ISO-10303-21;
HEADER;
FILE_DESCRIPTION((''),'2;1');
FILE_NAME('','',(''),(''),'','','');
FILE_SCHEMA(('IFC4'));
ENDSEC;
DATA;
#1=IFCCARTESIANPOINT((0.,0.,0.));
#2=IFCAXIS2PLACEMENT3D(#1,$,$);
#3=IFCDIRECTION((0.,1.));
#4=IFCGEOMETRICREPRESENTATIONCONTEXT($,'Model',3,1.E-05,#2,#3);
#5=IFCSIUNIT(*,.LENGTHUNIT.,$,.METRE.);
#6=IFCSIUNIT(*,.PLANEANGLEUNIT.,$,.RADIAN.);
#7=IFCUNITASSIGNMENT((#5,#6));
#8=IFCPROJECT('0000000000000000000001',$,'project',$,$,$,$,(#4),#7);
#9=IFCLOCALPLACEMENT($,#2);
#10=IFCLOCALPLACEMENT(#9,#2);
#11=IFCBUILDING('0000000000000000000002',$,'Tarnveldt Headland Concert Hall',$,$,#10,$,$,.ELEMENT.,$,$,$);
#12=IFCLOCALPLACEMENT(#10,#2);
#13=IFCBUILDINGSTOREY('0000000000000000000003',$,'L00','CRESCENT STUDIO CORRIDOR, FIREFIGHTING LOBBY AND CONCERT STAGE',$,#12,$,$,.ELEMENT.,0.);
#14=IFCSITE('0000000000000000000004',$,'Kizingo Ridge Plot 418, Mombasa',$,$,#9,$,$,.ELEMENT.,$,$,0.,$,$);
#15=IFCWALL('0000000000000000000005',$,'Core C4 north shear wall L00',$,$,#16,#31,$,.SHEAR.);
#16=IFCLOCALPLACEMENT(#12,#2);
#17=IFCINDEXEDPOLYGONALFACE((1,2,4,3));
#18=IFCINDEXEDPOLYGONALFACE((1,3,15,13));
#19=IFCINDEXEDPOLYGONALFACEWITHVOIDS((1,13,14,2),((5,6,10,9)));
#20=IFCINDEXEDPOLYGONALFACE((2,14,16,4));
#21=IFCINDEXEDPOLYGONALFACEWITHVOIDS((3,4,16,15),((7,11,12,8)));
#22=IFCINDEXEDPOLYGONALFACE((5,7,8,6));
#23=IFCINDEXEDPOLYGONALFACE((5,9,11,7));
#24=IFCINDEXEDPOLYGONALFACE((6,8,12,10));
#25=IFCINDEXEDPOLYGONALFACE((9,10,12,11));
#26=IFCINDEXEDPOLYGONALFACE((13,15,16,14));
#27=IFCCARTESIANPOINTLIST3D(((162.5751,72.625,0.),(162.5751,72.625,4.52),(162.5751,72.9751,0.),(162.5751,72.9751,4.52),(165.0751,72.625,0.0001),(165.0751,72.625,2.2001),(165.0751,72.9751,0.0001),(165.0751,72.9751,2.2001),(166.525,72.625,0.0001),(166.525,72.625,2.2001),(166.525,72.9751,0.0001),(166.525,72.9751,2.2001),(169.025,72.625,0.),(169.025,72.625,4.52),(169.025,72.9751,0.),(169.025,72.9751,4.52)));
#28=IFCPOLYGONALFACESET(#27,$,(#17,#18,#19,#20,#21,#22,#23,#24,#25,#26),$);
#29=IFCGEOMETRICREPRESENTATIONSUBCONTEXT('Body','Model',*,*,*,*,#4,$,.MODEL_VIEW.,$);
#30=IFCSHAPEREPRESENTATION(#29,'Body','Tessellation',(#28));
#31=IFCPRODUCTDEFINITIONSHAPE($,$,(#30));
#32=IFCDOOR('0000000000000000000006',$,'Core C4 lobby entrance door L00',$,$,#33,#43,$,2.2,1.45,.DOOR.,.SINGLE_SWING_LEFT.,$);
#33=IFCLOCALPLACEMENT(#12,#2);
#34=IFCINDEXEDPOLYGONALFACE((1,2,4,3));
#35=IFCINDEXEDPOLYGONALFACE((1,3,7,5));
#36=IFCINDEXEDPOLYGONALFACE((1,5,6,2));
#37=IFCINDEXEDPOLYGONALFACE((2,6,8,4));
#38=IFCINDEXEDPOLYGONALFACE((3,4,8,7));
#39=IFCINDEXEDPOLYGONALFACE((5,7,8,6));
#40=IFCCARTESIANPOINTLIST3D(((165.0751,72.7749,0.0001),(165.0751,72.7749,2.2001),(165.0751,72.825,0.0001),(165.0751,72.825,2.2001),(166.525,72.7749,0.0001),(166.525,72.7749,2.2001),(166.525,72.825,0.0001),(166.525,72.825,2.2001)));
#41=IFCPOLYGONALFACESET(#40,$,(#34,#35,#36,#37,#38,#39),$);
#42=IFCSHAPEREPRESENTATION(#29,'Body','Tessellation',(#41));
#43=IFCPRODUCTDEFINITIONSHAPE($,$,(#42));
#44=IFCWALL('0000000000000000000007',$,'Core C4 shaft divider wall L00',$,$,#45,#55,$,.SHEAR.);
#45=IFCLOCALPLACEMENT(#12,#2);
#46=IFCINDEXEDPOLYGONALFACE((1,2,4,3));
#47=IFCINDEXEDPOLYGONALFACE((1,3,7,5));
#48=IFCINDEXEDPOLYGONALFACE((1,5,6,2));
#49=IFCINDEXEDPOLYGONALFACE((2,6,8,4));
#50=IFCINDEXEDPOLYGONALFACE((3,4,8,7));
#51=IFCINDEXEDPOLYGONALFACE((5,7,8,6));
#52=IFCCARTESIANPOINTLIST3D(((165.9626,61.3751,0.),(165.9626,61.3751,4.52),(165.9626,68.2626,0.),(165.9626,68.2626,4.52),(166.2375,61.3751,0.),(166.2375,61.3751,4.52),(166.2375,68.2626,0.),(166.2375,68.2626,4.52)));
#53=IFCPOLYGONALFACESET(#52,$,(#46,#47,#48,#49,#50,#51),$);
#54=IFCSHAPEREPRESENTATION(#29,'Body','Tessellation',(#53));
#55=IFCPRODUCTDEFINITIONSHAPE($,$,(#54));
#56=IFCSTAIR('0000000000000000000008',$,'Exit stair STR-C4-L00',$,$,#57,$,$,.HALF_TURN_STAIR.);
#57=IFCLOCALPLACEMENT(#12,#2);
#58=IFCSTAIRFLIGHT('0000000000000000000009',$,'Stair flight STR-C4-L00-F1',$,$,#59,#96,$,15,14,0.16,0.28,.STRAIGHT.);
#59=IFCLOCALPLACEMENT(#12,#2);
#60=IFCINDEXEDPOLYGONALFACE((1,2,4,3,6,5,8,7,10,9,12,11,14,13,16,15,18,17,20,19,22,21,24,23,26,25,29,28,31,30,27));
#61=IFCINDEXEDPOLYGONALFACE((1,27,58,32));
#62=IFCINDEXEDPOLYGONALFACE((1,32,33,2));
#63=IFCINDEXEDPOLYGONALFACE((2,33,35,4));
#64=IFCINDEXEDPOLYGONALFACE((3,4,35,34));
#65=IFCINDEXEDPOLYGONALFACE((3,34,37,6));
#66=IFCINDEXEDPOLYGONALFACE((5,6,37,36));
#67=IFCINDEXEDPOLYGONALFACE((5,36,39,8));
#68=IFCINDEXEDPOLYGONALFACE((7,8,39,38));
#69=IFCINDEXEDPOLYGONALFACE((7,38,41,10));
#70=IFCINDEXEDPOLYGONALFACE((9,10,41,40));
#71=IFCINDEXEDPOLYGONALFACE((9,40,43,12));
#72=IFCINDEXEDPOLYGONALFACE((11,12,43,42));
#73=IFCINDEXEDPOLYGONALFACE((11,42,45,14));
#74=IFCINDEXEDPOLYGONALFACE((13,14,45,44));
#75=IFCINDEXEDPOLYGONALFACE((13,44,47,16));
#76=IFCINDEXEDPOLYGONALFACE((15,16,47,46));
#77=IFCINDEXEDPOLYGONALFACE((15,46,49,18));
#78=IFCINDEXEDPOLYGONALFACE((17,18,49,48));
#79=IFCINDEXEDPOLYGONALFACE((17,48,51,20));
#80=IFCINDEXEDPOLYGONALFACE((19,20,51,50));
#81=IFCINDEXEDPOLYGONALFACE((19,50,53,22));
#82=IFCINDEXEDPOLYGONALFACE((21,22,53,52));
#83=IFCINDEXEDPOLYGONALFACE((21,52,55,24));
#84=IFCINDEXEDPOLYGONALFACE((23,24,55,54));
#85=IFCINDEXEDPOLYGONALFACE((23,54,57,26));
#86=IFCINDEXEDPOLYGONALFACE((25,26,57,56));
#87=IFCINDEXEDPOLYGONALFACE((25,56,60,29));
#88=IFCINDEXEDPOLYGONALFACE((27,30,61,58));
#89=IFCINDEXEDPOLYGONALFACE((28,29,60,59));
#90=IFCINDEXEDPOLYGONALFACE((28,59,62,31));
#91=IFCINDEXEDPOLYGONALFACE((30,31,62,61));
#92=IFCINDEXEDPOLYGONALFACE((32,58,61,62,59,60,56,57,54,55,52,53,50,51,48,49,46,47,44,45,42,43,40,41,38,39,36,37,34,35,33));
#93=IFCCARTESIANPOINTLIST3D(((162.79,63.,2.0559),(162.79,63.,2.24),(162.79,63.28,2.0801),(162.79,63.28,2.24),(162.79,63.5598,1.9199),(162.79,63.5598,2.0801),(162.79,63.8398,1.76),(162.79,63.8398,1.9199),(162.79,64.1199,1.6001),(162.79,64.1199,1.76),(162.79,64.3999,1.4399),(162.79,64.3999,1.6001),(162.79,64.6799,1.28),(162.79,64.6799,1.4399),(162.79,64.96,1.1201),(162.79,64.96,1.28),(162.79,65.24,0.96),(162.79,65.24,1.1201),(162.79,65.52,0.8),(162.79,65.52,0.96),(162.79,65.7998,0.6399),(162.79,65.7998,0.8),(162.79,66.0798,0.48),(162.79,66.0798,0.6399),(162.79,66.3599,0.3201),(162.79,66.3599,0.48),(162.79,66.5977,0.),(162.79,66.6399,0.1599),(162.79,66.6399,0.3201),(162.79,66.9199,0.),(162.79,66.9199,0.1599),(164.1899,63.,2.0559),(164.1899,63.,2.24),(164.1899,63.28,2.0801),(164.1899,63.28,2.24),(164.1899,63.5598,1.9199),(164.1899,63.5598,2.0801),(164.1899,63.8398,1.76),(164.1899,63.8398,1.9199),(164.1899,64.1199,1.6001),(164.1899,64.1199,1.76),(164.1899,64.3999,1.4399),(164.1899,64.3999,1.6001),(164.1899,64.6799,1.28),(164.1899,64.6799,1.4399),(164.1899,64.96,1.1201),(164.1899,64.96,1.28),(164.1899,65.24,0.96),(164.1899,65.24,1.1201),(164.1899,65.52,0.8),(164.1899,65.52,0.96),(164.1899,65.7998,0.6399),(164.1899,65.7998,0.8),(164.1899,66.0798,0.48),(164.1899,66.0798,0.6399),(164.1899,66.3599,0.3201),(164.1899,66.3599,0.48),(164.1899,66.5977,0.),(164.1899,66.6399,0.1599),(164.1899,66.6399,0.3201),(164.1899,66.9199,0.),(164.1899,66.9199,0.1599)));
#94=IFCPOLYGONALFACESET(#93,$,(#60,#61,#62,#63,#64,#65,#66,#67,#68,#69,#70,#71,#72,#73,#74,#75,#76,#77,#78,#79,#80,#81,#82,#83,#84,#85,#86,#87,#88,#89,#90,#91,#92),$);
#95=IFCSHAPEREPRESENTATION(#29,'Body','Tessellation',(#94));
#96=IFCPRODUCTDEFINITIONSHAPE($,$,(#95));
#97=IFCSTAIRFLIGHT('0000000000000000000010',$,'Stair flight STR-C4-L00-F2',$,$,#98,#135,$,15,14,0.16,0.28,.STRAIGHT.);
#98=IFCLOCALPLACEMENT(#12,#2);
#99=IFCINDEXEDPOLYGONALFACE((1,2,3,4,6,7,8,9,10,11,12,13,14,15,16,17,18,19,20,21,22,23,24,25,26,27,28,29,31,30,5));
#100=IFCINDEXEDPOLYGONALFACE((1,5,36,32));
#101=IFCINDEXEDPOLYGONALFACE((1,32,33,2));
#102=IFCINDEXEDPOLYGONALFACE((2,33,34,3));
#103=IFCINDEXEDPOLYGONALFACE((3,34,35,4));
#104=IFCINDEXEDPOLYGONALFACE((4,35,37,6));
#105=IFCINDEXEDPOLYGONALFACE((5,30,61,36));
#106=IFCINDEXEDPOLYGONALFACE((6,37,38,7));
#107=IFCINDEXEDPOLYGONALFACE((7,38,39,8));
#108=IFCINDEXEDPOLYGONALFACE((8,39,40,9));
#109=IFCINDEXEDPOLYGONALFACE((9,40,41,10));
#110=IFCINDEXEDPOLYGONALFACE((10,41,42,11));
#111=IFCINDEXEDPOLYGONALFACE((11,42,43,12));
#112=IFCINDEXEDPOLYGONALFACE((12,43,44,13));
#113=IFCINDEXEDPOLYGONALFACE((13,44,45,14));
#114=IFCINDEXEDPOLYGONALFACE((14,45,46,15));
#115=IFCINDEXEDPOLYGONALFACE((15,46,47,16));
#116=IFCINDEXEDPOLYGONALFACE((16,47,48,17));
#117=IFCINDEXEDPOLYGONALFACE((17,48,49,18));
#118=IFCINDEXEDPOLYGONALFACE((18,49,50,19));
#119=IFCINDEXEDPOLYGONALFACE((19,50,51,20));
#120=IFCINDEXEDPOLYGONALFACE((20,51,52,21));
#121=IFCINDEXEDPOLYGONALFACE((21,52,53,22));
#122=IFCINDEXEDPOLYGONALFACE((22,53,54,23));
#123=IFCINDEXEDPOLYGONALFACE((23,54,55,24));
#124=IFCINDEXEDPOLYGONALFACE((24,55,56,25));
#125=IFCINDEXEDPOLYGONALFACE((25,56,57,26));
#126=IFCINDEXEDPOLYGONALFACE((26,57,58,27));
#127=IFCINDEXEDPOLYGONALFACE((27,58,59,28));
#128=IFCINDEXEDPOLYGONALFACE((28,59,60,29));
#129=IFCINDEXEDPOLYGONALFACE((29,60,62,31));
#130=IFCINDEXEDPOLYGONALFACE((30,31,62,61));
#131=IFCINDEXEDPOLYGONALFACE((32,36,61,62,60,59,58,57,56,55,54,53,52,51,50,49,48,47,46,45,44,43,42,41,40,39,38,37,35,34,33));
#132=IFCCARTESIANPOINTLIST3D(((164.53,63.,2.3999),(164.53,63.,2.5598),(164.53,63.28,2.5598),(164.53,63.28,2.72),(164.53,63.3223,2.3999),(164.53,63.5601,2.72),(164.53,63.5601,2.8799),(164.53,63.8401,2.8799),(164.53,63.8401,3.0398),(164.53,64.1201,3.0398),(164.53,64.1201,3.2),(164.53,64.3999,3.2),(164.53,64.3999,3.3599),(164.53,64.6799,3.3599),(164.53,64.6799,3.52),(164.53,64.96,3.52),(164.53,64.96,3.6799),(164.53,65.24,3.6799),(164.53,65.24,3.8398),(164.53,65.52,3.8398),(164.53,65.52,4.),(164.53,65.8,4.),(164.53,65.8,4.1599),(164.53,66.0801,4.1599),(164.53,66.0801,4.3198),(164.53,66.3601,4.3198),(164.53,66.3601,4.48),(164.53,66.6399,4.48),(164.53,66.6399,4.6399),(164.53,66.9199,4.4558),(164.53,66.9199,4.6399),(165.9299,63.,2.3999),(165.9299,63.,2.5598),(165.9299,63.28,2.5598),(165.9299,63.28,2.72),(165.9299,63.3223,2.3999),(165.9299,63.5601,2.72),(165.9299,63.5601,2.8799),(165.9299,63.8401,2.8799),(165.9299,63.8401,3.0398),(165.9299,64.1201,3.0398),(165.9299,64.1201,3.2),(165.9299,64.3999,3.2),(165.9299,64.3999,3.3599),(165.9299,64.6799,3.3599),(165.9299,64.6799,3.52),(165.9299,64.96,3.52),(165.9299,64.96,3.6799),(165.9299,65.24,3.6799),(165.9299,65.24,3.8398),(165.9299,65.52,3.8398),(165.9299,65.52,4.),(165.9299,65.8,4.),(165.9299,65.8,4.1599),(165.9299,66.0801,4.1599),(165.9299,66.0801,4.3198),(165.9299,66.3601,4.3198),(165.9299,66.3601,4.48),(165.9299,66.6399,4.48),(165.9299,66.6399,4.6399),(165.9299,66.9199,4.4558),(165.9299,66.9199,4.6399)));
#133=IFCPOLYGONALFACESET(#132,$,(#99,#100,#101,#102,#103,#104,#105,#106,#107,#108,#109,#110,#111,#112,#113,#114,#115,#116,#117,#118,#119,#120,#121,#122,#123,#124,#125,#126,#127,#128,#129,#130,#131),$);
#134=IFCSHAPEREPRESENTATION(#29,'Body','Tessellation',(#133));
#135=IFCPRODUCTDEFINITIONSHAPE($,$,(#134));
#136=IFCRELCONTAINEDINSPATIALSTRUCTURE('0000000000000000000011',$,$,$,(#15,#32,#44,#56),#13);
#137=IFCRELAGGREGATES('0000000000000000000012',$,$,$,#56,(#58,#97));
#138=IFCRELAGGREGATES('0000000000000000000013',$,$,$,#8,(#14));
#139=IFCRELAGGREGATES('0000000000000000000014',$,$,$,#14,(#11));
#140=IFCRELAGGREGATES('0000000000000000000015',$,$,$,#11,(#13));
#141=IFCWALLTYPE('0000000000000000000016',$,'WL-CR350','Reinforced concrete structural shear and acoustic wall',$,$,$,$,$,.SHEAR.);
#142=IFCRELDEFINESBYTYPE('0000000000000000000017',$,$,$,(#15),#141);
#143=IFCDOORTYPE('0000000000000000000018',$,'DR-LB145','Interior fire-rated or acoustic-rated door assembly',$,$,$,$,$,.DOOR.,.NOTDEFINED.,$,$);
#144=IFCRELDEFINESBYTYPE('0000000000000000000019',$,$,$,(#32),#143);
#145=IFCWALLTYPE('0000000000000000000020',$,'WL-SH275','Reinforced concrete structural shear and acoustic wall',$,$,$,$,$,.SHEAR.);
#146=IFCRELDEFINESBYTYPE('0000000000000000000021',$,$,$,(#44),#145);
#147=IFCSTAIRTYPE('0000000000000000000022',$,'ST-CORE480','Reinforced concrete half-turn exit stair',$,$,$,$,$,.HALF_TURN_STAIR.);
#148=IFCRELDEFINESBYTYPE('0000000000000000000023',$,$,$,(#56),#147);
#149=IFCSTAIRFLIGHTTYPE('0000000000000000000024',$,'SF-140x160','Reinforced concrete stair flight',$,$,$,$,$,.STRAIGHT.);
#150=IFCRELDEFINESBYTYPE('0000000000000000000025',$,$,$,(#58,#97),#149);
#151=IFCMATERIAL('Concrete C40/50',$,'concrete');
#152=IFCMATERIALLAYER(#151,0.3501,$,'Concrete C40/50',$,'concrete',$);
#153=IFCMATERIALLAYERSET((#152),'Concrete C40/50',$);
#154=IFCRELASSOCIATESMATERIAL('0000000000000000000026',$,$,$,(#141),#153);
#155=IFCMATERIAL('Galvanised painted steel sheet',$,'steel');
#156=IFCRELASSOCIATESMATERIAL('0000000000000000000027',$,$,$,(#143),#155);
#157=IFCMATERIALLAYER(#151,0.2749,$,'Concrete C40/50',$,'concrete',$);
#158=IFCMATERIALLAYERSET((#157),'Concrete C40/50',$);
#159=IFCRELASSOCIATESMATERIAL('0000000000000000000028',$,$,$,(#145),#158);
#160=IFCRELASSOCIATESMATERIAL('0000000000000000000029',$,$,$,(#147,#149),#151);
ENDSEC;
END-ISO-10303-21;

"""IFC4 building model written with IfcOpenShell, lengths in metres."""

from ifc_helpers import new_model, si_unit, direction, frame, frame_2d, origin, place, context, subcontext, project, spatial, polyline, rectangle, outline, extrude, material, layer, layer_set, type_object, element, fill, aggregate, save


model = new_model("IFC4")

# Units and contexts
model_context = context("Model", 3, precision=1e-05, world=origin(), true_north=direction((0.0, 1.0)))
body_context = subcontext(model_context, "Body", "Model", "MODEL_VIEW")
ifc_project = project(units=[si_unit("LENGTHUNIT", "METRE"), si_unit("PLANEANGLEUNIT", "RADIAN")], contexts=[model_context])

# Site, building, storey
site_placement = place(None, origin())
site = spatial("IfcSite", under=ifc_project, at=site_placement, Name="Kizingo Ridge Plot 418, Mombasa", CompositionType="ELEMENT", RefElevation=0.0)
building_placement = place(site_placement, origin())
building = spatial("IfcBuilding", under=site, at=building_placement, Name="Tarnveldt Headland Concert Hall", CompositionType="ELEMENT")
storey_placement = place(building_placement, origin())
storey = spatial("IfcBuildingStorey", under=building, at=storey_placement, Name="L00", Description="CRESCENT STUDIO CORRIDOR, FIREFIGHTING LOBBY AND CONCERT STAGE", CompositionType="ELEMENT", Elevation=0.0)

# Shared definitions
ifc_material_1 = material(Name="Concrete C40/50", Category="concrete")

# Wall, opening, door
ifc_layer_1 = layer(ifc_material_1, 0.3501, Name="Concrete C40/50", Category="concrete")
ifc_layer_set_1 = layer_set([ifc_layer_1], Name="Concrete C40/50")
wall_type_1 = type_object("IfcWallType", Name="WL-CR350", Description="Reinforced concrete structural shear and acoustic wall", PredefinedType="SHEAR", material=ifc_layer_set_1)
wall_1_placement = place(storey_placement, frame((162.575, 72.8, 0.0), z_axis=(0.0, 0.0, 1.0), x_axis=(1.0, 0.0, 0.0)))
wall_1 = element("IfcWall", 1, at=wall_1_placement, inside=storey, type_object=wall_type_1, Name="Core C4 north shear wall L00", PredefinedType="SHEAR", context=body_context, shape_type="SweptSolid", body=[
    extrude(rectangle(XDim=6.45, YDim=0.3501, at=frame_2d((3.2251, 0.0))), origin(), (0.0, 0.0, 1.0), 4.52),
])
opening_1_placement = place(wall_1_placement, frame((2.5, 0.0, 0.0)))
opening_1 = element("IfcOpeningElement", 2, at=opening_1_placement, cuts=wall_1, PredefinedType="OPENING", context=body_context, shape_type="SweptSolid", body=[
    extrude(rectangle(XDim=1.45, YDim=2.2, at=frame_2d((0.7251, 1.1001))), frame((0.0, 0.1851, 0.0), z_axis=(0.0, -1.0, 0.0), x_axis=(1.0, 0.0, 0.0)), (0.0, 0.0, 1.0), 0.3701),
])
ifc_material_2 = material(Name="Galvanised painted steel sheet", Category="steel")
door_type_1 = type_object("IfcDoorType", Name="DR-LB145", Description="Interior fire-rated or acoustic-rated door assembly", OperationType="NOTDEFINED", PredefinedType="DOOR", material=ifc_material_2)
door_1_placement = place(opening_1_placement, origin())
door_1 = element("IfcDoor", 3, at=door_1_placement, inside=storey, type_object=door_type_1, Name="Core C4 lobby entrance door L00", OperationType="SINGLE_SWING_LEFT", OverallHeight=2.2, OverallWidth=1.45, PredefinedType="DOOR", context=body_context, shape_type="SweptSolid", body=[
    extrude(rectangle(XDim=1.45, YDim=2.2, at=frame_2d((0.7251, 1.1001))), frame((0.0, 0.0249, 0.0), z_axis=(0.0, -1.0, 0.0), x_axis=(1.0, 0.0, 0.0)), (0.0, 0.0, 1.0), 0.05),
])
fill(opening_1, door_1)

# Wall
ifc_layer_2 = layer(ifc_material_1, 0.2749, Name="Concrete C40/50", Category="concrete")
ifc_layer_set_2 = layer_set([ifc_layer_2], Name="Concrete C40/50")
wall_type_2 = type_object("IfcWallType", Name="WL-SH275", Description="Reinforced concrete structural shear and acoustic wall", PredefinedType="SHEAR", material=ifc_layer_set_2)
wall_2_placement = place(storey_placement, frame((166.1001, 61.375, 0.0), z_axis=(0.0, 0.0, 1.0), x_axis=(0.0, 1.0, 0.0)))
element("IfcWall", 4, at=wall_2_placement, inside=storey, type_object=wall_type_2, Name="Core C4 shaft divider wall L00", PredefinedType="SHEAR", context=body_context, shape_type="SweptSolid", body=[
    extrude(rectangle(XDim=6.8875, YDim=0.2749, at=frame_2d((3.4438, 0.0))), origin(), (0.0, 0.0, 1.0), 4.52),
])

# Stair, stair flights
stair_type = type_object("IfcStairType", Name="ST-CORE480", Description="Reinforced concrete half-turn exit stair", PredefinedType="HALF_TURN_STAIR", material=ifc_material_1)
stair_placement = place(storey_placement, origin())
stair = element("IfcStair", 5, at=stair_placement, inside=storey, type_object=stair_type, Name="Exit stair STR-C4-L00", PredefinedType="HALF_TURN_STAIR")
stair_flight_type = type_object("IfcStairFlightType", Name="SF-140x160", Description="Reinforced concrete stair flight", PredefinedType="STRAIGHT", material=ifc_material_1)
stair_flight_1_placement = place(storey_placement, frame((163.49, 66.9199, 0.0), z_axis=(0.0, 0.0, 1.0), x_axis=(0.0, -1.0, 0.0)))
stair_flight_1 = element("IfcStairFlight", 6, at=stair_flight_1_placement, type_object=stair_flight_type, Name="Stair flight STR-C4-L00-F1", NumberOfRisers=15, NumberOfTreads=14, PredefinedType="STRAIGHT", RiserHeight=0.16, TreadLength=0.28, context=body_context, shape_type="SweptSolid", body=[
    extrude(outline(polyline([(0.0, 0.0), (0.0, 0.1599), (0.28, 0.1599), (0.28, 0.3201), (0.5601, 0.3201), (0.5601, 0.48), (0.8401, 0.48), (0.8401, 0.6399), (1.1201, 0.6399), (1.1201, 0.8), (1.3999, 0.8), (1.3999, 0.96), (1.6799, 0.96), (1.6799, 1.1201), (1.96, 1.1201), (1.96, 1.28), (2.24, 1.28), (2.24, 1.4399), (2.52, 1.4399), (2.52, 1.6001), (2.8, 1.6001), (2.8, 1.76), (3.0801, 1.76), (3.0801, 1.9199), (3.3601, 1.9199), (3.3601, 2.0801), (3.6399, 2.0801), (3.6399, 2.24), (3.9199, 2.24), (3.9199, 2.3999), (3.9199, 2.0559), (0.3223, 0.0), (0.0, 0.0)])), frame((0.0, 0.7, 0.0), z_axis=(0.0, -1.0, 0.0), x_axis=(1.0, 0.0, 0.0)), (0.0, 0.0, 1.0), 1.3999),
])
stair_flight_2_placement = place(storey_placement, frame((165.23, 63.0, 2.3999), z_axis=(0.0, 0.0, 1.0), x_axis=(0.0, 1.0, 0.0)))
stair_flight_2 = element("IfcStairFlight", 7, at=stair_flight_2_placement, type_object=stair_flight_type, Name="Stair flight STR-C4-L00-F2", NumberOfRisers=15, NumberOfTreads=14, PredefinedType="STRAIGHT", RiserHeight=0.16, TreadLength=0.28, context=body_context, shape_type="SweptSolid", body=[
    extrude(outline(polyline([(0.0, 0.0), (0.0, 0.1599), (0.28, 0.1599), (0.28, 0.3201), (0.5601, 0.3201), (0.5601, 0.48), (0.8401, 0.48), (0.8401, 0.6399), (1.1201, 0.6399), (1.1201, 0.8), (1.3999, 0.8), (1.3999, 0.96), (1.6799, 0.96), (1.6799, 1.1201), (1.96, 1.1201), (1.96, 1.28), (2.24, 1.28), (2.24, 1.4399), (2.52, 1.4399), (2.52, 1.6001), (2.8, 1.6001), (2.8, 1.76), (3.0801, 1.76), (3.0801, 1.9199), (3.3601, 1.9199), (3.3601, 2.0801), (3.6399, 2.0801), (3.6399, 2.24), (3.9199, 2.24), (3.9199, 2.3999), (3.9199, 2.0559), (0.3223, 0.0), (0.0, 0.0)])), frame((0.0, 0.7, 0.0), z_axis=(0.0, -1.0, 0.0), x_axis=(1.0, 0.0, 0.0)), (0.0, 0.0, 1.0), 1.3999),
])
aggregate(stair, [stair_flight_1, stair_flight_2])

save(model, "model.ifc")
